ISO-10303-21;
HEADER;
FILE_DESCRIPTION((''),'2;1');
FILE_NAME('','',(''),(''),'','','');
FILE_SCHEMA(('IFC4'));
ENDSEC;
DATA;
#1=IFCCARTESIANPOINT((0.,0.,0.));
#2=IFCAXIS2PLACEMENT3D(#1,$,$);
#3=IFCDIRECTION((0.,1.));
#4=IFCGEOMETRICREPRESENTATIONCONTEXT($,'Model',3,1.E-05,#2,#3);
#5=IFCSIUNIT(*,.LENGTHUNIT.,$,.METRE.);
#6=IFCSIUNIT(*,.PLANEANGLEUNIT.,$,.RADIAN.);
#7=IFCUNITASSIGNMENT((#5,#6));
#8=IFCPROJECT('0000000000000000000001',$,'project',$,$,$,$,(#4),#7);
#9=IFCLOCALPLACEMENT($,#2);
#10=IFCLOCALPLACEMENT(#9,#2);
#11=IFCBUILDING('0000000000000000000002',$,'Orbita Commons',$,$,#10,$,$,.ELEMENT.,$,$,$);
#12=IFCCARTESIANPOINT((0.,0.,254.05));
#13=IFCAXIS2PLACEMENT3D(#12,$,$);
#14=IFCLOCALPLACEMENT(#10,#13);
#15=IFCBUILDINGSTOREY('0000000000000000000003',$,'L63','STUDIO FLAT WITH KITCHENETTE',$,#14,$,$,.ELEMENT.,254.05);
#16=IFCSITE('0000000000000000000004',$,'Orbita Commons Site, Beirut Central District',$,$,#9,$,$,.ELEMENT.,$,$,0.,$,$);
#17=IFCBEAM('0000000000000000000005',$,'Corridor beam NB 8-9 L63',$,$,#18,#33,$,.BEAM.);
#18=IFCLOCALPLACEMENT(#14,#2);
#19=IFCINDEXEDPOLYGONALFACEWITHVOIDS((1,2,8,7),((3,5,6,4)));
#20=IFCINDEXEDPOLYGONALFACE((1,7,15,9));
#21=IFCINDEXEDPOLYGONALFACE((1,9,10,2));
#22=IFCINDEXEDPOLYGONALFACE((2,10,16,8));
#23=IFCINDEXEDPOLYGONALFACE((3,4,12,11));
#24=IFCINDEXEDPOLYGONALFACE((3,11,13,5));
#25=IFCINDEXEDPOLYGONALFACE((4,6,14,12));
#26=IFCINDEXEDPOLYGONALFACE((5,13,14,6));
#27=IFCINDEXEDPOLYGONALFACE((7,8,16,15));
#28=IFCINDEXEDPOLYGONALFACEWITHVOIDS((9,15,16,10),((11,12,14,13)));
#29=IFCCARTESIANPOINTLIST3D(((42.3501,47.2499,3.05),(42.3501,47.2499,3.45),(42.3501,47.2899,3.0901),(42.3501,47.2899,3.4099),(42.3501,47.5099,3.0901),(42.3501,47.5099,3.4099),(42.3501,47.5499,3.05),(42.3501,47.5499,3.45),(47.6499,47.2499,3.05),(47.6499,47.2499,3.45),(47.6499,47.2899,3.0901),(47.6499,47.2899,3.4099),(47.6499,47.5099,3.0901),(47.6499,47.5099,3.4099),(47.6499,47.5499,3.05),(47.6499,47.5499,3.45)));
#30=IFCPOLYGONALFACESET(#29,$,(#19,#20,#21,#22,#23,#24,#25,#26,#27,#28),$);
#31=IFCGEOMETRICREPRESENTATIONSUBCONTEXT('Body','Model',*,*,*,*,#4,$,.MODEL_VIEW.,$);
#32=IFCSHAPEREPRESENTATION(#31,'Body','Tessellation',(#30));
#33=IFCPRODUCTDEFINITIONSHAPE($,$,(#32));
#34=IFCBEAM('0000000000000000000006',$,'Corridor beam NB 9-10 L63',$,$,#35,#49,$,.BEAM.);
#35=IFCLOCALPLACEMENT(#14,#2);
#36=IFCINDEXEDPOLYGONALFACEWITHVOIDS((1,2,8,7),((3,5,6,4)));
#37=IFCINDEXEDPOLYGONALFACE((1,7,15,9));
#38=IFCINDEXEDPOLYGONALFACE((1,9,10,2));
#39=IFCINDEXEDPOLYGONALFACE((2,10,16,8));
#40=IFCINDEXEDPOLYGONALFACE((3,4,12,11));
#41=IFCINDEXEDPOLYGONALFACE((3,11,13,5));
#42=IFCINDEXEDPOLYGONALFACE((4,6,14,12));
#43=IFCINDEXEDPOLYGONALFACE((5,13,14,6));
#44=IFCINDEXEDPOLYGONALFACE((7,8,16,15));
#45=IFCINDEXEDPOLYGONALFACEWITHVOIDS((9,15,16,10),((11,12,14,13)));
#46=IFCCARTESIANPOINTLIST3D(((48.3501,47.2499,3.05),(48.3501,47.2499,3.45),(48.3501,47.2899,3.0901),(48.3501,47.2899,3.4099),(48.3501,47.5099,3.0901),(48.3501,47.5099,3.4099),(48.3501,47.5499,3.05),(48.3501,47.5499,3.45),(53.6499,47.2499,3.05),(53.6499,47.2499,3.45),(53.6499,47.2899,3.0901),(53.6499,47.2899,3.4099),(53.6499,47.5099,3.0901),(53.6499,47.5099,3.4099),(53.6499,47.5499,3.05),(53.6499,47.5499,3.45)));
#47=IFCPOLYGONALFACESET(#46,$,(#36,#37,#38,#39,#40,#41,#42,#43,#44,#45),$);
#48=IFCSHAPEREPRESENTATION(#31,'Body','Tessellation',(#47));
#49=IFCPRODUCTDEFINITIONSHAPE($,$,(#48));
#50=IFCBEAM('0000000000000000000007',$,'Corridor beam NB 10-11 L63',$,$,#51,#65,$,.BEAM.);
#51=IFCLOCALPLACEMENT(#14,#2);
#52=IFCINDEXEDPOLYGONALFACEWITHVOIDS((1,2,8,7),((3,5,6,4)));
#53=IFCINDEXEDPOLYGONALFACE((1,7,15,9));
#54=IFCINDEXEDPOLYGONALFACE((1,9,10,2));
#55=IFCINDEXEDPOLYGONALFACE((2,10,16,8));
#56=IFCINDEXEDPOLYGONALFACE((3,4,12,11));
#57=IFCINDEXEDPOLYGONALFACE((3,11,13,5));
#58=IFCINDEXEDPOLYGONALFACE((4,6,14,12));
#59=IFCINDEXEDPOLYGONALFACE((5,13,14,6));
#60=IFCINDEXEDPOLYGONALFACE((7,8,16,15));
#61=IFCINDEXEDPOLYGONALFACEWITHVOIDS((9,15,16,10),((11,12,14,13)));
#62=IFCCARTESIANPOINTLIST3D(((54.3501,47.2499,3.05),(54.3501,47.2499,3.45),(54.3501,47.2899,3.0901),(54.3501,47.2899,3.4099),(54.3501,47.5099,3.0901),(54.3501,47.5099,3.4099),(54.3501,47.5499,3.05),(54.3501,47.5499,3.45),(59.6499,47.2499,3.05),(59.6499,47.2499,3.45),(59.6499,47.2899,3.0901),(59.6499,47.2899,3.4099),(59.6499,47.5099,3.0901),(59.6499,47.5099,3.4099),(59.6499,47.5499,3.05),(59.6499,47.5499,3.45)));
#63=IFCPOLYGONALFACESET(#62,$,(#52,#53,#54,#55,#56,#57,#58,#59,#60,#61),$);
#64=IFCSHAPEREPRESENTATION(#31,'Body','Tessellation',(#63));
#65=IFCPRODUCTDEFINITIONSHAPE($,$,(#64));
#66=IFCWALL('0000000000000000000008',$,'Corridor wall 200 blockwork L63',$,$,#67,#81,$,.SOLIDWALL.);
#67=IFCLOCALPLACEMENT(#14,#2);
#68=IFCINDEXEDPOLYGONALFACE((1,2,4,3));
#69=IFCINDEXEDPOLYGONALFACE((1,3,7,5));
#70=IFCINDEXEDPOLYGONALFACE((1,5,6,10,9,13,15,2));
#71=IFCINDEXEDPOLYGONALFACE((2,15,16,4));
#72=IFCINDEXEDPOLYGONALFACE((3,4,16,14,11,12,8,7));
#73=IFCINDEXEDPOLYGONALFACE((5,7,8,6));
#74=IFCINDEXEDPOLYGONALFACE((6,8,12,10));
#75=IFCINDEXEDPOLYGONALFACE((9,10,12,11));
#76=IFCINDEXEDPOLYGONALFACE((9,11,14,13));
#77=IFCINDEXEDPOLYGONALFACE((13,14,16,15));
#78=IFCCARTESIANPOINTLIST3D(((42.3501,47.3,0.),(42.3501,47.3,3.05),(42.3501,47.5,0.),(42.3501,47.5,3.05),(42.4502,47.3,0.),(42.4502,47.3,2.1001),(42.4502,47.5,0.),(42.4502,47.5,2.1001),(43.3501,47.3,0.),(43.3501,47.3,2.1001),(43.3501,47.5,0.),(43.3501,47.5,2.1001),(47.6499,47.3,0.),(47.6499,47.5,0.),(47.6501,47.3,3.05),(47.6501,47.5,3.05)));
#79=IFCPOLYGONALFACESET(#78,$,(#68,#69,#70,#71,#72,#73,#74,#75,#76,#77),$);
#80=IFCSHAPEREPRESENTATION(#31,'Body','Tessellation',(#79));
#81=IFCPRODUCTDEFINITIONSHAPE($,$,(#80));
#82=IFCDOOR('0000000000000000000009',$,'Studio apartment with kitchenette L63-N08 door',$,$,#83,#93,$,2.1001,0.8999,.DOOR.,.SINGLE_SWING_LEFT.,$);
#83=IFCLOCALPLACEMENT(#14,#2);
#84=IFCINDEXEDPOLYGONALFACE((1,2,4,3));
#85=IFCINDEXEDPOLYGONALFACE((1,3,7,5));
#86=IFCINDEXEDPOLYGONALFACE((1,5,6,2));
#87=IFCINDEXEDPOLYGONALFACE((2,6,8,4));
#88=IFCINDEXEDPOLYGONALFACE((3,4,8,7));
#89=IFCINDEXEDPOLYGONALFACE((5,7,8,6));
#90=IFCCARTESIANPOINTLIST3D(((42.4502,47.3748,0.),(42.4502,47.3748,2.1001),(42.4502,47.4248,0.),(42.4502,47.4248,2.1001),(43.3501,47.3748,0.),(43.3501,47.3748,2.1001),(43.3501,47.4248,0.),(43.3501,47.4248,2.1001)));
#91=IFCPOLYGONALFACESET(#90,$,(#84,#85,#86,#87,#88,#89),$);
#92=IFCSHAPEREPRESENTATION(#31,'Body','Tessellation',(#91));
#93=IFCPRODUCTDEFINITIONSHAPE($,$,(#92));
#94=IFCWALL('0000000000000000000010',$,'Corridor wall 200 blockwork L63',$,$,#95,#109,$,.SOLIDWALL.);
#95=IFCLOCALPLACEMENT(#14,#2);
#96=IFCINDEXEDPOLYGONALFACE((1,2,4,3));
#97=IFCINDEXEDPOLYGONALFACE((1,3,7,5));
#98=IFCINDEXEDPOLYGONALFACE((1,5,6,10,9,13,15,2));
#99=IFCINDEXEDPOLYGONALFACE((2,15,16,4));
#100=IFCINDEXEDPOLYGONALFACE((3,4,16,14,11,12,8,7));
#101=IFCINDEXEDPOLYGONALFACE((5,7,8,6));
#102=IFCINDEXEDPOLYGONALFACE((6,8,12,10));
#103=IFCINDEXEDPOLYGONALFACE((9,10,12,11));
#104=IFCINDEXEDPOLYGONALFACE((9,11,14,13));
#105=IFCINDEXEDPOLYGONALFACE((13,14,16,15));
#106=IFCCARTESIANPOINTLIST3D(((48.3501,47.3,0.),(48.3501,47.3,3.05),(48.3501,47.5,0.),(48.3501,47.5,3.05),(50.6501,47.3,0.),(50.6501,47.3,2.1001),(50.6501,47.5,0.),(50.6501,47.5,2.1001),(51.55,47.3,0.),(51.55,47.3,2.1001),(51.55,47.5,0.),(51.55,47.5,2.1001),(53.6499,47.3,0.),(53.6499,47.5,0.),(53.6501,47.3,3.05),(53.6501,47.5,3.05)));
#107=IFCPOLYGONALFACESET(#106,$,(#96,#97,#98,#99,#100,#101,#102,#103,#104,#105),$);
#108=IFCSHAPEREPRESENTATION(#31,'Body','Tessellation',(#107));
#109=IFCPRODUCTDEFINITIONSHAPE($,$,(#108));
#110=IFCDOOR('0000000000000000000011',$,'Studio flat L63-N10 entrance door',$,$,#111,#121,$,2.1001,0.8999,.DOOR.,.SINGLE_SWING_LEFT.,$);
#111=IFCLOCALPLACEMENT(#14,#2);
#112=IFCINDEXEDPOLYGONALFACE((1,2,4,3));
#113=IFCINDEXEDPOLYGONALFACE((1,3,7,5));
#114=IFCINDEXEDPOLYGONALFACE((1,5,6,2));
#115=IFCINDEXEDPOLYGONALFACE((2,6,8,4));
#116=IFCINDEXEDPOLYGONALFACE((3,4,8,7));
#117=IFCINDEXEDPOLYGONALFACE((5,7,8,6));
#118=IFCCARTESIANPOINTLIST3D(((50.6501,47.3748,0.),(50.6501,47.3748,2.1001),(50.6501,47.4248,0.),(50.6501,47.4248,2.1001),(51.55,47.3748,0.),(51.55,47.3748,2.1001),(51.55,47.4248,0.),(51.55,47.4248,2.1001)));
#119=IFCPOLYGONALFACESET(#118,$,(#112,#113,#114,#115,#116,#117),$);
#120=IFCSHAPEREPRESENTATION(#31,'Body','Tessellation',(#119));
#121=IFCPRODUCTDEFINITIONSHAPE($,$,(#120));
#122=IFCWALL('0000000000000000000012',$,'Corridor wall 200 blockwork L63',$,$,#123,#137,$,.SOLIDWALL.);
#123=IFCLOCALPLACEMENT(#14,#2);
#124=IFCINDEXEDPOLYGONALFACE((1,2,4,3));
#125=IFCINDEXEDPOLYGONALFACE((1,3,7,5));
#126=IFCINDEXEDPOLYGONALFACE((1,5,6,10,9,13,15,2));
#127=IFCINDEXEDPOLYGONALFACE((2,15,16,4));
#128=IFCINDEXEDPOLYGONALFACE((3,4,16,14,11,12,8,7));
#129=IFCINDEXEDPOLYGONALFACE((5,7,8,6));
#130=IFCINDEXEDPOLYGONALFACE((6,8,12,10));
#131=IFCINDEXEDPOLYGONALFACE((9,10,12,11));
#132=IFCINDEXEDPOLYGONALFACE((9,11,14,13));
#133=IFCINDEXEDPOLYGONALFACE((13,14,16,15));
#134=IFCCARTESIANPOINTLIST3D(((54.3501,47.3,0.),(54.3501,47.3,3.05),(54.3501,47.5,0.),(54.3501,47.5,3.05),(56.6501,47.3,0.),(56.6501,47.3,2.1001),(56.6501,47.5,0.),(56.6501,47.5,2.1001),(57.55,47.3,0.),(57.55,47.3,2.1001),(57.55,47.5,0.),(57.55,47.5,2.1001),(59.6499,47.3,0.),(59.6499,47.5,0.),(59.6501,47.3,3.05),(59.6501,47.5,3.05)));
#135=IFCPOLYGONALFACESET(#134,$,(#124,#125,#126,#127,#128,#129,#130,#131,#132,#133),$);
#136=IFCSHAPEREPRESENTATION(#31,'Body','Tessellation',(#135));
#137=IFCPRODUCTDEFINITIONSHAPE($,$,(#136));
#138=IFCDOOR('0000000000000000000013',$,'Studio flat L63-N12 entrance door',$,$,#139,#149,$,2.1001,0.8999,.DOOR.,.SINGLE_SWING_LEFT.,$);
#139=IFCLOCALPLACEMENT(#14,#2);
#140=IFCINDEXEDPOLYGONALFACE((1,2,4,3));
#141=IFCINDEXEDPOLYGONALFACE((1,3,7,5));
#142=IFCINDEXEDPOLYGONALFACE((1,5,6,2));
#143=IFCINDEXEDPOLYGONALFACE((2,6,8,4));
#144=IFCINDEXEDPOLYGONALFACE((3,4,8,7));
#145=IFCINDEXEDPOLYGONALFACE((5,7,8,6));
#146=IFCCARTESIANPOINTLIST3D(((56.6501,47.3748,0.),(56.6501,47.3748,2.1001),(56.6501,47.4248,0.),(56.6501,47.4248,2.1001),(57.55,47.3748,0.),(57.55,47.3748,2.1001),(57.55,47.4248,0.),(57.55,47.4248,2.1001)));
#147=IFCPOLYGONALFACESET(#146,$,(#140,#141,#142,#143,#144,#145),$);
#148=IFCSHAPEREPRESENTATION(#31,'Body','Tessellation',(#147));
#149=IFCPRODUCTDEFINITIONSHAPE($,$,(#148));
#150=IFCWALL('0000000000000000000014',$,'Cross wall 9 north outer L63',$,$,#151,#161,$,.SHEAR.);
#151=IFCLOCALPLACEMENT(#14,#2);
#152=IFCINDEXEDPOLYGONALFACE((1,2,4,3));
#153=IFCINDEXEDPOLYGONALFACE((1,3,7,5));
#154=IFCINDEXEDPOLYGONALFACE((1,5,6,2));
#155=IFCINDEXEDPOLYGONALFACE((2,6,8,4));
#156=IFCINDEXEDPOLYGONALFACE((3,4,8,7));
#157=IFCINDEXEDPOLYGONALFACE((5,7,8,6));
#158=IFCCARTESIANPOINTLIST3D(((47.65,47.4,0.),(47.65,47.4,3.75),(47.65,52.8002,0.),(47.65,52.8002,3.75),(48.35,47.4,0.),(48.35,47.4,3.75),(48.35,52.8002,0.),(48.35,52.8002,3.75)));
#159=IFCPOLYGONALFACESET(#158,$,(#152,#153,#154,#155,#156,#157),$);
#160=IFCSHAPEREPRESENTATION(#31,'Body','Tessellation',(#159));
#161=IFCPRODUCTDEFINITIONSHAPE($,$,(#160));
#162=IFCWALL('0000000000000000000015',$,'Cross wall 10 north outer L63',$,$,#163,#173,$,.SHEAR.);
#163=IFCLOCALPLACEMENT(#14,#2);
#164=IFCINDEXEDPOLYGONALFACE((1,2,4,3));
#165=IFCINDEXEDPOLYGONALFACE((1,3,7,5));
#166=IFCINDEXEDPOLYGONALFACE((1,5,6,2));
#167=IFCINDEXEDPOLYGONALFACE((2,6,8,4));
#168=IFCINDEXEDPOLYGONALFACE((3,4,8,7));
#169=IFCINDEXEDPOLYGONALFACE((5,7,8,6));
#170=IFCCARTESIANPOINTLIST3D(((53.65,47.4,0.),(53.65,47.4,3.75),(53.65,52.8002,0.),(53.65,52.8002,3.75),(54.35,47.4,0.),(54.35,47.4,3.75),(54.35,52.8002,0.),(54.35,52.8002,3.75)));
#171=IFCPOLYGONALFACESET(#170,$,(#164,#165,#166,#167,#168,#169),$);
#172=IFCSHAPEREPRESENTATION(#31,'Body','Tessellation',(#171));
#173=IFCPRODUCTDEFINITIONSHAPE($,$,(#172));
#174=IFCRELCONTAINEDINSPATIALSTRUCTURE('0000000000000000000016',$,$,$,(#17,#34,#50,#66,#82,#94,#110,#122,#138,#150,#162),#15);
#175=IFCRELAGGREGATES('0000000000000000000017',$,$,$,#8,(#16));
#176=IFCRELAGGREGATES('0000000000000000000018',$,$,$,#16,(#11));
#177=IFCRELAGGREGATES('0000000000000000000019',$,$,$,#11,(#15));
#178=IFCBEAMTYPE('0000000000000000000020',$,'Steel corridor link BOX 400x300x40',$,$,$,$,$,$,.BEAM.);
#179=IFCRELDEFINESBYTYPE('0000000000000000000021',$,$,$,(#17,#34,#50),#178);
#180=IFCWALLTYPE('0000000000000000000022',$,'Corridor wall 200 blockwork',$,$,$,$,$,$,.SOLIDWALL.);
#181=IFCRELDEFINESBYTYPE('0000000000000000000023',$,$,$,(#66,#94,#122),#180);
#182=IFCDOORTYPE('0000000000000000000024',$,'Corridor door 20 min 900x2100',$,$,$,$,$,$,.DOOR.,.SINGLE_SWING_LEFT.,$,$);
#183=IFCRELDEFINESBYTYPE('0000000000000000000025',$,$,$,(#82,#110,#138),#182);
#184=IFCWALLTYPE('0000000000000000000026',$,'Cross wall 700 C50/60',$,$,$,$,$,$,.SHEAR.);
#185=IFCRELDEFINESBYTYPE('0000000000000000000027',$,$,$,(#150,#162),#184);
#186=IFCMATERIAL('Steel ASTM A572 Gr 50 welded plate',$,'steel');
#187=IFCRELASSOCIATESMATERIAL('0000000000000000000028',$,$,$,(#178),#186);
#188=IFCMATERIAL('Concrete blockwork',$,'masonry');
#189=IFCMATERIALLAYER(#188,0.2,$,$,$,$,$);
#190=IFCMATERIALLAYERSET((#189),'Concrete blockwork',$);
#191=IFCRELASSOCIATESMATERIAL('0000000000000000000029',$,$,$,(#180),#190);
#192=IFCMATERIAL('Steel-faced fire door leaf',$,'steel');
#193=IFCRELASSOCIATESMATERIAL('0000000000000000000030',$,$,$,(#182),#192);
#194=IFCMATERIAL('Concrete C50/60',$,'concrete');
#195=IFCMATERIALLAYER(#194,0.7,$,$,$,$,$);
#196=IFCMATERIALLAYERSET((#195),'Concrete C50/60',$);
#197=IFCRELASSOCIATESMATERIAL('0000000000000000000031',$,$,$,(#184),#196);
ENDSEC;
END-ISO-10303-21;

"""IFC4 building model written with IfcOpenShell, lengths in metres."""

from ifc_helpers import new_model, si_unit, direction, frame, frame_2d, origin, origin_2d, place, context, subcontext, project, spatial, polyline, rectangle, hollow_rectangle, outline, extrude, material, layer, layer_set, material_profile, profile_set, type_object, element, fill, save


model = new_model("IFC4")

# Units and contexts
model_context = context("Model", 3, precision=1e-05, world=origin(), true_north=direction((0.0, 1.0)))
body_context = subcontext(model_context, "Body", "Model", "MODEL_VIEW")
ifc_project = project(units=[si_unit("LENGTHUNIT", "METRE"), si_unit("PLANEANGLEUNIT", "RADIAN")], contexts=[model_context])

# Site, building, storey
site_placement = place(None, origin())
site = spatial("IfcSite", under=ifc_project, at=site_placement, Name="Orbita Commons Site, Beirut Central District", CompositionType="ELEMENT", RefElevation=0.0)
building_placement = place(site_placement, origin())
building = spatial("IfcBuilding", under=site, at=building_placement, Name="Orbita Commons", CompositionType="ELEMENT")
storey_placement = place(building_placement, frame((0.0, 0.0, 254.05)))
storey = spatial("IfcBuildingStorey", under=building, at=storey_placement, Name="L63", Description="STUDIO FLAT WITH KITCHENETTE", CompositionType="ELEMENT", Elevation=254.05)

# Beams
ifc_material_1 = material(Name="Steel ASTM A572 Gr 50 welded plate", Category="steel")
ifc_material_profile = material_profile(ifc_material_1, hollow_rectangle(XDim=0.3, YDim=0.3999, WallThickness=0.04, at=origin_2d()), Name="BOX 400x300x40")
ifc_profile_set = profile_set([ifc_material_profile], Name="Steel ASTM A572 Gr 50 welded plate")
beam_type = type_object("IfcBeamType", Name="Steel corridor link BOX 400x300x40", PredefinedType="BEAM", material=ifc_profile_set)
for number, where, z_axis, x_axis, name in (
    (1, (42.3501, 47.3999, 3.25), (1.0, 0.0, 0.0), (0.0, 1.0, 0.0), "Corridor beam NB 8-9 L63"),
    (2, (48.3501, 47.3999, 3.25), (1.0, 0.0, 0.0), (0.0, 1.0, 0.0), "Corridor beam NB 9-10 L63"),
    (3, (54.3501, 47.3999, 3.25), (1.0, 0.0, 0.0), (0.0, 1.0, 0.0), "Corridor beam NB 10-11 L63"),
):
    element("IfcBeam", number, at=place(storey_placement, frame(where, z_axis=z_axis, x_axis=x_axis)), inside=storey, type_object=beam_type, Name=name, PredefinedType="BEAM", context=body_context, shape_type="SweptSolid", body=[
        extrude(hollow_rectangle(XDim=0.3, YDim=0.3999, WallThickness=0.04, at=origin_2d()), origin(), (0.0, 0.0, 1.0), 5.2998),
    ])

# Walls, openings, doors
ifc_material_2 = material(Name="Concrete blockwork", Category="masonry")
ifc_layer_1 = layer(ifc_material_2, 0.2)
ifc_layer_set_1 = layer_set([ifc_layer_1], Name="Concrete blockwork")
wall_type_1 = type_object("IfcWallType", Name="Corridor wall 200 blockwork", PredefinedType="SOLIDWALL", material=ifc_layer_set_1)
wall_1_placement = place(storey_placement, frame((42.3501, 47.3999, 0.0), z_axis=(0.0, 0.0, 1.0), x_axis=(1.0, 0.0, 0.0)))
wall_1 = element("IfcWall", 4, at=wall_1_placement, inside=storey, type_object=wall_type_1, Name="Corridor wall 200 blockwork L63", PredefinedType="SOLIDWALL", context=body_context, shape_type="SweptSolid", body=[
    extrude(outline(polyline([(0.0, 0.0), (5.2998, 0.0), (5.3, 3.05), (0.0, 3.05), (0.0, 0.0)])), frame((0.0, 0.1001, 0.0), z_axis=(0.0, -1.0, 0.0), x_axis=(1.0, 0.0, 0.0)), (0.0, 0.0, 1.0), 0.2),
])
opening_1_placement = place(wall_1_placement, frame((0.1001, 0.0, 0.0)))
opening_1 = element("IfcOpeningElement", 5, at=opening_1_placement, cuts=wall_1, PredefinedType="OPENING", context=body_context, shape_type="SweptSolid", body=[
    extrude(rectangle(XDim=0.8999, YDim=2.1001, at=frame_2d((0.45, 1.05))), frame((0.0, 0.1099, 0.0), z_axis=(0.0, -1.0, 0.0), x_axis=(1.0, 0.0, 0.0)), (0.0, 0.0, 1.0), 0.22),
])
ifc_material_3 = material(Name="Steel-faced fire door leaf", Category="steel")
door_type_1 = type_object("IfcDoorType", Name="Corridor door 20 min 900x2100", OperationType="SINGLE_SWING_LEFT", PredefinedType="DOOR", material=ifc_material_3)
door_1_placement = place(opening_1_placement, origin())
door_1 = element("IfcDoor", 6, at=door_1_placement, inside=storey, type_object=door_type_1, Name="Studio apartment with kitchenette L63-N08 door", OperationType="SINGLE_SWING_LEFT", OverallHeight=2.1001, OverallWidth=0.8999, PredefinedType="DOOR", context=body_context, shape_type="SweptSolid", body=[
    extrude(rectangle(XDim=0.8999, YDim=2.1001, at=frame_2d((0.45, 1.05))), frame((0.0, 0.0249, 0.0), z_axis=(0.0, -1.0, 0.0), x_axis=(1.0, 0.0, 0.0)), (0.0, 0.0, 1.0), 0.05),
])
fill(opening_1, door_1)
wall_2_placement = place(storey_placement, frame((48.3501, 47.3999, 0.0), z_axis=(0.0, 0.0, 1.0), x_axis=(1.0, 0.0, 0.0)))
wall_2 = element("IfcWall", 7, at=wall_2_placement, inside=storey, type_object=wall_type_1, Name="Corridor wall 200 blockwork L63", PredefinedType="SOLIDWALL", context=body_context, shape_type="SweptSolid", body=[
    extrude(outline(polyline([(0.0, 0.0), (5.2998, 0.0), (5.3, 3.05), (0.0, 3.05), (0.0, 0.0)])), frame((0.0, 0.1001, 0.0), z_axis=(0.0, -1.0, 0.0), x_axis=(1.0, 0.0, 0.0)), (0.0, 0.0, 1.0), 0.2),
])
opening_2_placement = place(wall_2_placement, frame((2.3, 0.0, 0.0)))
opening_2 = element("IfcOpeningElement", 8, at=opening_2_placement, cuts=wall_2, PredefinedType="OPENING", context=body_context, shape_type="SweptSolid", body=[
    extrude(rectangle(XDim=0.8999, YDim=2.1001, at=frame_2d((0.45, 1.05))), frame((0.0, 0.1099, 0.0), z_axis=(0.0, -1.0, 0.0), x_axis=(1.0, 0.0, 0.0)), (0.0, 0.0, 1.0), 0.22),
])
door_2_placement = place(opening_2_placement, origin())
door_2 = element("IfcDoor", 9, at=door_2_placement, inside=storey, type_object=door_type_1, Name="Studio flat L63-N10 entrance door", OperationType="SINGLE_SWING_LEFT", OverallHeight=2.1001, OverallWidth=0.8999, PredefinedType="DOOR", context=body_context, shape_type="SweptSolid", body=[
    extrude(rectangle(XDim=0.8999, YDim=2.1001, at=frame_2d((0.45, 1.05))), frame((0.0, 0.0249, 0.0), z_axis=(0.0, -1.0, 0.0), x_axis=(1.0, 0.0, 0.0)), (0.0, 0.0, 1.0), 0.05),
])
fill(opening_2, door_2)
wall_3_placement = place(storey_placement, frame((54.3501, 47.3999, 0.0), z_axis=(0.0, 0.0, 1.0), x_axis=(1.0, 0.0, 0.0)))
wall_3 = element("IfcWall", 10, at=wall_3_placement, inside=storey, type_object=wall_type_1, Name="Corridor wall 200 blockwork L63", PredefinedType="SOLIDWALL", context=body_context, shape_type="SweptSolid", body=[
    extrude(outline(polyline([(0.0, 0.0), (5.2998, 0.0), (5.3, 3.05), (0.0, 3.05), (0.0, 0.0)])), frame((0.0, 0.1001, 0.0), z_axis=(0.0, -1.0, 0.0), x_axis=(1.0, 0.0, 0.0)), (0.0, 0.0, 1.0), 0.2),
])
opening_3_placement = place(wall_3_placement, frame((2.3, 0.0, 0.0)))
opening_3 = element("IfcOpeningElement", 11, at=opening_3_placement, cuts=wall_3, PredefinedType="OPENING", context=body_context, shape_type="SweptSolid", body=[
    extrude(rectangle(XDim=0.8999, YDim=2.1001, at=frame_2d((0.45, 1.05))), frame((0.0, 0.1099, 0.0), z_axis=(0.0, -1.0, 0.0), x_axis=(1.0, 0.0, 0.0)), (0.0, 0.0, 1.0), 0.22),
])
door_3_placement = place(opening_3_placement, origin())
door_3 = element("IfcDoor", 12, at=door_3_placement, inside=storey, type_object=door_type_1, Name="Studio flat L63-N12 entrance door", OperationType="SINGLE_SWING_LEFT", OverallHeight=2.1001, OverallWidth=0.8999, PredefinedType="DOOR", context=body_context, shape_type="SweptSolid", body=[
    extrude(rectangle(XDim=0.8999, YDim=2.1001, at=frame_2d((0.45, 1.05))), frame((0.0, 0.0249, 0.0), z_axis=(0.0, -1.0, 0.0), x_axis=(1.0, 0.0, 0.0)), (0.0, 0.0, 1.0), 0.05),
])
fill(opening_3, door_3)

# Walls
ifc_material_4 = material(Name="Concrete C50/60", Category="concrete")
ifc_layer_2 = layer(ifc_material_4, 0.7)
ifc_layer_set_2 = layer_set([ifc_layer_2], Name="Concrete C50/60")
wall_type_2 = type_object("IfcWallType", Name="Cross wall 700 C50/60", PredefinedType="SHEAR", material=ifc_layer_set_2)
for number, where, z_axis, x_axis, name in (
    (13, (48.0, 47.3999, 0.0), (0.0, 0.0, 1.0), (0.0, 1.0, 0.0), "Cross wall 9 north outer L63"),
    (14, (54.0, 47.3999, 0.0), (0.0, 0.0, 1.0), (0.0, 1.0, 0.0), "Cross wall 10 north outer L63"),
):
    element("IfcWall", number, at=place(storey_placement, frame(where, z_axis=z_axis, x_axis=x_axis)), inside=storey, type_object=wall_type_2, Name=name, PredefinedType="SHEAR", context=body_context, shape_type="SweptSolid", body=[
        extrude(rectangle(XDim=5.4001, YDim=0.7, at=frame_2d((2.7002, 0.0))), origin(), (0.0, 0.0, 1.0), 3.75),
    ])

save(model, "model.ifc")
